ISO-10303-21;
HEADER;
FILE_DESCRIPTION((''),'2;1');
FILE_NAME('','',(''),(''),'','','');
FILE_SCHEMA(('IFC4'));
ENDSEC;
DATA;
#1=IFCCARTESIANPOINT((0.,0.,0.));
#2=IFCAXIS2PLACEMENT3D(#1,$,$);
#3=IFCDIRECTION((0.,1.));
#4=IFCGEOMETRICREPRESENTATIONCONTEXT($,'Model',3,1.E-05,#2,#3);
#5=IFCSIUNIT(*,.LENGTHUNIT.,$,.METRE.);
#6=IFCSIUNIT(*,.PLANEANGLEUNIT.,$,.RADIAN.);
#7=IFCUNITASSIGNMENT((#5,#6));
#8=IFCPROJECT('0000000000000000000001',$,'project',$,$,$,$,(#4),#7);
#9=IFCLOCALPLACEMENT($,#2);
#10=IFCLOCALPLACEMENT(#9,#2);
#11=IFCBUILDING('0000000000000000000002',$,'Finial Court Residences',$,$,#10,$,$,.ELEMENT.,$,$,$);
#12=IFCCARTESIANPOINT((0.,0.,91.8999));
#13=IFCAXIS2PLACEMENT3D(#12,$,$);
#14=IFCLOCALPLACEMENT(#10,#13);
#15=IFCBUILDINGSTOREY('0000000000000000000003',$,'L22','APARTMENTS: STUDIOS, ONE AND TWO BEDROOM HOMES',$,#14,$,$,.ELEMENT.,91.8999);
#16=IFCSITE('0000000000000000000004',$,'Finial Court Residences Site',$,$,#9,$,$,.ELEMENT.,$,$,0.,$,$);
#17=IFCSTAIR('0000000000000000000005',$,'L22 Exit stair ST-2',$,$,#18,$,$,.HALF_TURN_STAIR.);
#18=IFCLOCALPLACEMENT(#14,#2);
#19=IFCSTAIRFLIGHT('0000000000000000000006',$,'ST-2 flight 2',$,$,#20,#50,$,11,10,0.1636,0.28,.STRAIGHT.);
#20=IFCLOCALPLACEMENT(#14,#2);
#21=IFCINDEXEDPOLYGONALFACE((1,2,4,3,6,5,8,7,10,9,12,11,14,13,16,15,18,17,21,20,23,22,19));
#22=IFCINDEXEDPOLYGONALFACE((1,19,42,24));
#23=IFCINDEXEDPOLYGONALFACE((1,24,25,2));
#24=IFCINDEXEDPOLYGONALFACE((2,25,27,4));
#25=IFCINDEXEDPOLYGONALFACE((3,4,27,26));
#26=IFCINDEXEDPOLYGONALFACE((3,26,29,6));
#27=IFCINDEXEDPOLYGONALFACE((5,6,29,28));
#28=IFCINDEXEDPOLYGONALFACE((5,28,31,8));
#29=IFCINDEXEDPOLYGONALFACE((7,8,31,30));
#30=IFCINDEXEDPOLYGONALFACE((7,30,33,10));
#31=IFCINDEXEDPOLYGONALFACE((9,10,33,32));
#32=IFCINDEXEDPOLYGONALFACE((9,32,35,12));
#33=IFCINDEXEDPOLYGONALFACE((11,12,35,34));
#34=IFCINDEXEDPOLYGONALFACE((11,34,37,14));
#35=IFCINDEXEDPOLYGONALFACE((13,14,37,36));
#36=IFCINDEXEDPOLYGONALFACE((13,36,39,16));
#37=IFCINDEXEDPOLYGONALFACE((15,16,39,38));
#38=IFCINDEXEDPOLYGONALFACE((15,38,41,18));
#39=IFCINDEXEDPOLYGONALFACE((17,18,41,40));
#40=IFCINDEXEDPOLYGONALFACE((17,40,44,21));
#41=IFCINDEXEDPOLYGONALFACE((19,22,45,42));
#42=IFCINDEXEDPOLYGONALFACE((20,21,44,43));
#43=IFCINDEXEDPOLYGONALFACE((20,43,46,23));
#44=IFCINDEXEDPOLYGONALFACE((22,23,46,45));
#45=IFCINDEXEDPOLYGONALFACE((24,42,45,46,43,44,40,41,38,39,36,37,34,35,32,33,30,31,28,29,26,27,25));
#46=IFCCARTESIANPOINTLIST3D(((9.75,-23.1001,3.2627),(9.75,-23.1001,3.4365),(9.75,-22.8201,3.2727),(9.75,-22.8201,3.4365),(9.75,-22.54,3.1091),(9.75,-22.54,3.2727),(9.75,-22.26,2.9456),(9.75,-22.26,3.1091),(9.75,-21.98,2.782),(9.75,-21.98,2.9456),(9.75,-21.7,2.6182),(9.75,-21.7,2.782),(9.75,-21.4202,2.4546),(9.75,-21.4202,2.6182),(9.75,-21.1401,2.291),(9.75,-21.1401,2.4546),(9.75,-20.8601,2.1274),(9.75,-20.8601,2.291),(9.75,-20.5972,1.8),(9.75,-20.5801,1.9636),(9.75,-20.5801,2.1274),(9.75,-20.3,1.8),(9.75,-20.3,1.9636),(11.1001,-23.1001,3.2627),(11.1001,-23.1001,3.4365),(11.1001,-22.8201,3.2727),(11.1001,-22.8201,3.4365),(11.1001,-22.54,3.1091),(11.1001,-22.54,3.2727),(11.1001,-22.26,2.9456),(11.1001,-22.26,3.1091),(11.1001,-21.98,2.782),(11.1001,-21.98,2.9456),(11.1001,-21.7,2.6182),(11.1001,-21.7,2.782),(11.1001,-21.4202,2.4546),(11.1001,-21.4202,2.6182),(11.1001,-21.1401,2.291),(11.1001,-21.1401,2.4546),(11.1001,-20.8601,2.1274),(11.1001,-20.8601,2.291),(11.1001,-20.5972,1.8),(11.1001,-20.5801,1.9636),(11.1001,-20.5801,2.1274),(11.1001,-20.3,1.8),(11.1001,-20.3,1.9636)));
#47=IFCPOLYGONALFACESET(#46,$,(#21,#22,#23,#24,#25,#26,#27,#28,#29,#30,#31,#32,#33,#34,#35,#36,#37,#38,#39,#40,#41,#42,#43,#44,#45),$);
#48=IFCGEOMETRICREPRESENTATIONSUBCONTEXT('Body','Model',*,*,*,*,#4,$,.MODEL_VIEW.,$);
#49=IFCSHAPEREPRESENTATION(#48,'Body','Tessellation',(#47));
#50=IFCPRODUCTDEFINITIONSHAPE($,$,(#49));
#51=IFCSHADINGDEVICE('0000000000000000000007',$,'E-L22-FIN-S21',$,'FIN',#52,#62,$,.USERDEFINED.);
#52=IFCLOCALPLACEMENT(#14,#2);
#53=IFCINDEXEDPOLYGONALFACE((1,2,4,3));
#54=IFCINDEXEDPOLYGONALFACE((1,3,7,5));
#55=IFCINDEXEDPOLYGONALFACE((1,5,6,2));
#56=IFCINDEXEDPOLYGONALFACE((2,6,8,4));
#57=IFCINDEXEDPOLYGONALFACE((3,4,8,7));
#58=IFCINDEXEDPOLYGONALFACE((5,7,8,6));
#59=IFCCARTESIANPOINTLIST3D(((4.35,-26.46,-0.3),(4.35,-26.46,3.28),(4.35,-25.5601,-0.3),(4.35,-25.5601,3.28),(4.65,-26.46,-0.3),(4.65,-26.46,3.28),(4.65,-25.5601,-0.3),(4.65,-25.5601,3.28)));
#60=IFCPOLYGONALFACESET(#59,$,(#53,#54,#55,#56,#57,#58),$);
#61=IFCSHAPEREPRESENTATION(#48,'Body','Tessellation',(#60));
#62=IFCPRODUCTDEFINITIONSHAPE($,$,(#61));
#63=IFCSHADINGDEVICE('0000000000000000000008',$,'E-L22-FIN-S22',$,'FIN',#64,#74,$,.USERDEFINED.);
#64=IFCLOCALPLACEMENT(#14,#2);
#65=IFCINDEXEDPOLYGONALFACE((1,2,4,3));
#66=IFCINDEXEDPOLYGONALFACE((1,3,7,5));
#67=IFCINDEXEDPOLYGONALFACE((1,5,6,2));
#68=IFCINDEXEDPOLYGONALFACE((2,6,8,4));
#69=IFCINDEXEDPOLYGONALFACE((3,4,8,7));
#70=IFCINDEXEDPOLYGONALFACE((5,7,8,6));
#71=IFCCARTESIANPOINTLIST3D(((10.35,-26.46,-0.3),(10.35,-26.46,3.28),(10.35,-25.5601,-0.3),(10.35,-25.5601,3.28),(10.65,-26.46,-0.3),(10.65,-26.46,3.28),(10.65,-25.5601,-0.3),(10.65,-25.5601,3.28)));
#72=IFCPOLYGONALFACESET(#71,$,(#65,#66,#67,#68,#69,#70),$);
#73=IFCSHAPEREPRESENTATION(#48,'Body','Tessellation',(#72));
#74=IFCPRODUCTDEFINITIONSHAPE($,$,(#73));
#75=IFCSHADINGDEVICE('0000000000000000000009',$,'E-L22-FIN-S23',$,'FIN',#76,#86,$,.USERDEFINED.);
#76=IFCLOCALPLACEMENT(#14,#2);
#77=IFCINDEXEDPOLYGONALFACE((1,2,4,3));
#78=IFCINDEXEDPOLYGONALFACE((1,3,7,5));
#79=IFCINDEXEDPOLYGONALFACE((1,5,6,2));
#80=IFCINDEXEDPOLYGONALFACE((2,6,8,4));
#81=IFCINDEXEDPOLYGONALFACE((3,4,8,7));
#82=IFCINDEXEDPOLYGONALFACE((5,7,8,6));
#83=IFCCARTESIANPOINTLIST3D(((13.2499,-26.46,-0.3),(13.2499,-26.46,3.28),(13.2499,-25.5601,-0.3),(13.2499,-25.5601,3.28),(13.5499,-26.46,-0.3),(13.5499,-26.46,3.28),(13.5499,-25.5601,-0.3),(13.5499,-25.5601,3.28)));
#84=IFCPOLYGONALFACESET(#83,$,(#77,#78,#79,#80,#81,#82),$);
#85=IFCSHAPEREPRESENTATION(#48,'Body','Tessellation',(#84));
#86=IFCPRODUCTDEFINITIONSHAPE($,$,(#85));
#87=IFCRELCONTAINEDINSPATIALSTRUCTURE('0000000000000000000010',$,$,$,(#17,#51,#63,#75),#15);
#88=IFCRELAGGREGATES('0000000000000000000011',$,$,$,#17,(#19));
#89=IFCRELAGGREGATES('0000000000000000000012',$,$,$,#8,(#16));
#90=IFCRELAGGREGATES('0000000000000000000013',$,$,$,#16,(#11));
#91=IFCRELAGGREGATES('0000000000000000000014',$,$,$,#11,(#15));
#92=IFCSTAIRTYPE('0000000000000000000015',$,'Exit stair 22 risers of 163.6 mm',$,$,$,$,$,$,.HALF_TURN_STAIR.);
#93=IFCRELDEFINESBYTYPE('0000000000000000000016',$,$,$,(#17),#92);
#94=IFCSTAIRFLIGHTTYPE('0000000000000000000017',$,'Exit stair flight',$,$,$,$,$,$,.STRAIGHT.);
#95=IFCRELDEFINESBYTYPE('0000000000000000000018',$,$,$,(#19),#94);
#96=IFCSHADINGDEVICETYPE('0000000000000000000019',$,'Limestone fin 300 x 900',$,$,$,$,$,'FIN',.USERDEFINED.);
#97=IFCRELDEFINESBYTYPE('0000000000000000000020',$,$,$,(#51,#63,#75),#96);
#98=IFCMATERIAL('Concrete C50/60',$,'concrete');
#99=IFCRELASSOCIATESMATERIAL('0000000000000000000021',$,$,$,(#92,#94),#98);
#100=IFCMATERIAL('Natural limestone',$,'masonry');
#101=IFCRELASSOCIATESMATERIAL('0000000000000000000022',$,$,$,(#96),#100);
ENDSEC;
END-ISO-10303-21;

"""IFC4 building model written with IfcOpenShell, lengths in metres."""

from ifc_helpers import new_model, si_unit, direction, frame, origin, origin_2d, place, context, subcontext, project, spatial, polyline, rectangle, outline, extrude, material, type_object, element, aggregate, save


model = new_model("IFC4")

# Units and contexts
model_context = context("Model", 3, precision=1e-05, world=origin(), true_north=direction((0.0, 1.0)))
body_context = subcontext(model_context, "Body", "Model", "MODEL_VIEW")
ifc_project = project(units=[si_unit("LENGTHUNIT", "METRE"), si_unit("PLANEANGLEUNIT", "RADIAN")], contexts=[model_context])

# Site, building, storey
site_placement = place(None, origin())
site = spatial("IfcSite", under=ifc_project, at=site_placement, Name="Finial Court Residences Site", CompositionType="ELEMENT", RefElevation=0.0)
building_placement = place(site_placement, origin())
building = spatial("IfcBuilding", under=site, at=building_placement, Name="Finial Court Residences", CompositionType="ELEMENT")
storey_placement = place(building_placement, frame((0.0, 0.0, 91.8999)))
storey = spatial("IfcBuildingStorey", under=building, at=storey_placement, Name="L22", Description="APARTMENTS: STUDIOS, ONE AND TWO BEDROOM HOMES", CompositionType="ELEMENT", Elevation=91.8999)

# Stair, stair flight
ifc_material_1 = material(Name="Concrete C50/60", Category="concrete")
stair_type = type_object("IfcStairType", Name="Exit stair 22 risers of 163.6 mm", PredefinedType="HALF_TURN_STAIR", material=ifc_material_1)
stair_placement = place(storey_placement, origin())
stair = element("IfcStair", 1, at=stair_placement, inside=storey, type_object=stair_type, Name="L22 Exit stair ST-2", PredefinedType="HALF_TURN_STAIR")
stair_flight_type = type_object("IfcStairFlightType", Name="Exit stair flight", PredefinedType="STRAIGHT", material=ifc_material_1)
stair_flight_1_placement = place(storey_placement, frame((10.425, -20.3, 1.8), z_axis=(0.0, 0.0, 1.0), x_axis=(0.0, -1.0, 0.0)))
stair_flight_1 = element("IfcStairFlight", 2, at=stair_flight_1_placement, type_object=stair_flight_type, Name="ST-2 flight 2", NumberOfRisers=11, NumberOfTreads=10, PredefinedType="STRAIGHT", RiserHeight=0.1636, TreadLength=0.28, context=body_context, shape_type="SweptSolid", body=[
    extrude(outline(polyline([(0.0, 0.0), (0.0, 0.1636), (0.28, 0.1636), (0.28, 0.3274), (0.5601, 0.3274), (0.5601, 0.491), (0.8401, 0.491), (0.8401, 0.6545), (1.1201, 0.6545), (1.1201, 0.8181), (1.3999, 0.8181), (1.3999, 0.9819), (1.6799, 0.9819), (1.6799, 1.1455), (1.96, 1.1455), (1.96, 1.3091), (2.24, 1.3091), (2.24, 1.4727), (2.52, 1.4727), (2.52, 1.6365), (2.8, 1.6365), (2.8, 1.8), (2.8, 1.4626), (0.2971, 0.0), (0.0, 0.0)])), frame((0.0, 0.675, 0.0), z_axis=(0.0, -1.0, 0.0), x_axis=(1.0, 0.0, 0.0)), (0.0, 0.0, 1.0), 1.3501),
])
aggregate(stair, [stair_flight_1])

# Shading devices
ifc_material_2 = material(Name="Natural limestone", Category="masonry")
shading_device_type = type_object("IfcShadingDeviceType", Name="Limestone fin 300 x 900", ElementType="FIN", PredefinedType="USERDEFINED", material=ifc_material_2)
for number, where, z_axis, x_axis, name in (
    (3, (4.5, -26.01, -0.3), (0.0, 0.0, 1.0), (1.0, 0.0, 0.0), "E-L22-FIN-S21"),
    (4, (10.5, -26.01, -0.3), (0.0, 0.0, 1.0), (1.0, 0.0, 0.0), "E-L22-FIN-S22"),
    (5, (13.3999, -26.01, -0.3), (0.0, 0.0, 1.0), (1.0, 0.0, 0.0), "E-L22-FIN-S23"),
):
    element("IfcShadingDevice", number, at=place(storey_placement, frame(where, z_axis=z_axis, x_axis=x_axis)), inside=storey, type_object=shading_device_type, Name=name, ObjectType="FIN", PredefinedType="USERDEFINED", context=body_context, shape_type="SweptSolid", body=[
        extrude(rectangle(XDim=0.3, YDim=0.8999, at=origin_2d()), origin(), (0.0, 0.0, 1.0), 3.5801),
    ])

save(model, "model.ifc")
